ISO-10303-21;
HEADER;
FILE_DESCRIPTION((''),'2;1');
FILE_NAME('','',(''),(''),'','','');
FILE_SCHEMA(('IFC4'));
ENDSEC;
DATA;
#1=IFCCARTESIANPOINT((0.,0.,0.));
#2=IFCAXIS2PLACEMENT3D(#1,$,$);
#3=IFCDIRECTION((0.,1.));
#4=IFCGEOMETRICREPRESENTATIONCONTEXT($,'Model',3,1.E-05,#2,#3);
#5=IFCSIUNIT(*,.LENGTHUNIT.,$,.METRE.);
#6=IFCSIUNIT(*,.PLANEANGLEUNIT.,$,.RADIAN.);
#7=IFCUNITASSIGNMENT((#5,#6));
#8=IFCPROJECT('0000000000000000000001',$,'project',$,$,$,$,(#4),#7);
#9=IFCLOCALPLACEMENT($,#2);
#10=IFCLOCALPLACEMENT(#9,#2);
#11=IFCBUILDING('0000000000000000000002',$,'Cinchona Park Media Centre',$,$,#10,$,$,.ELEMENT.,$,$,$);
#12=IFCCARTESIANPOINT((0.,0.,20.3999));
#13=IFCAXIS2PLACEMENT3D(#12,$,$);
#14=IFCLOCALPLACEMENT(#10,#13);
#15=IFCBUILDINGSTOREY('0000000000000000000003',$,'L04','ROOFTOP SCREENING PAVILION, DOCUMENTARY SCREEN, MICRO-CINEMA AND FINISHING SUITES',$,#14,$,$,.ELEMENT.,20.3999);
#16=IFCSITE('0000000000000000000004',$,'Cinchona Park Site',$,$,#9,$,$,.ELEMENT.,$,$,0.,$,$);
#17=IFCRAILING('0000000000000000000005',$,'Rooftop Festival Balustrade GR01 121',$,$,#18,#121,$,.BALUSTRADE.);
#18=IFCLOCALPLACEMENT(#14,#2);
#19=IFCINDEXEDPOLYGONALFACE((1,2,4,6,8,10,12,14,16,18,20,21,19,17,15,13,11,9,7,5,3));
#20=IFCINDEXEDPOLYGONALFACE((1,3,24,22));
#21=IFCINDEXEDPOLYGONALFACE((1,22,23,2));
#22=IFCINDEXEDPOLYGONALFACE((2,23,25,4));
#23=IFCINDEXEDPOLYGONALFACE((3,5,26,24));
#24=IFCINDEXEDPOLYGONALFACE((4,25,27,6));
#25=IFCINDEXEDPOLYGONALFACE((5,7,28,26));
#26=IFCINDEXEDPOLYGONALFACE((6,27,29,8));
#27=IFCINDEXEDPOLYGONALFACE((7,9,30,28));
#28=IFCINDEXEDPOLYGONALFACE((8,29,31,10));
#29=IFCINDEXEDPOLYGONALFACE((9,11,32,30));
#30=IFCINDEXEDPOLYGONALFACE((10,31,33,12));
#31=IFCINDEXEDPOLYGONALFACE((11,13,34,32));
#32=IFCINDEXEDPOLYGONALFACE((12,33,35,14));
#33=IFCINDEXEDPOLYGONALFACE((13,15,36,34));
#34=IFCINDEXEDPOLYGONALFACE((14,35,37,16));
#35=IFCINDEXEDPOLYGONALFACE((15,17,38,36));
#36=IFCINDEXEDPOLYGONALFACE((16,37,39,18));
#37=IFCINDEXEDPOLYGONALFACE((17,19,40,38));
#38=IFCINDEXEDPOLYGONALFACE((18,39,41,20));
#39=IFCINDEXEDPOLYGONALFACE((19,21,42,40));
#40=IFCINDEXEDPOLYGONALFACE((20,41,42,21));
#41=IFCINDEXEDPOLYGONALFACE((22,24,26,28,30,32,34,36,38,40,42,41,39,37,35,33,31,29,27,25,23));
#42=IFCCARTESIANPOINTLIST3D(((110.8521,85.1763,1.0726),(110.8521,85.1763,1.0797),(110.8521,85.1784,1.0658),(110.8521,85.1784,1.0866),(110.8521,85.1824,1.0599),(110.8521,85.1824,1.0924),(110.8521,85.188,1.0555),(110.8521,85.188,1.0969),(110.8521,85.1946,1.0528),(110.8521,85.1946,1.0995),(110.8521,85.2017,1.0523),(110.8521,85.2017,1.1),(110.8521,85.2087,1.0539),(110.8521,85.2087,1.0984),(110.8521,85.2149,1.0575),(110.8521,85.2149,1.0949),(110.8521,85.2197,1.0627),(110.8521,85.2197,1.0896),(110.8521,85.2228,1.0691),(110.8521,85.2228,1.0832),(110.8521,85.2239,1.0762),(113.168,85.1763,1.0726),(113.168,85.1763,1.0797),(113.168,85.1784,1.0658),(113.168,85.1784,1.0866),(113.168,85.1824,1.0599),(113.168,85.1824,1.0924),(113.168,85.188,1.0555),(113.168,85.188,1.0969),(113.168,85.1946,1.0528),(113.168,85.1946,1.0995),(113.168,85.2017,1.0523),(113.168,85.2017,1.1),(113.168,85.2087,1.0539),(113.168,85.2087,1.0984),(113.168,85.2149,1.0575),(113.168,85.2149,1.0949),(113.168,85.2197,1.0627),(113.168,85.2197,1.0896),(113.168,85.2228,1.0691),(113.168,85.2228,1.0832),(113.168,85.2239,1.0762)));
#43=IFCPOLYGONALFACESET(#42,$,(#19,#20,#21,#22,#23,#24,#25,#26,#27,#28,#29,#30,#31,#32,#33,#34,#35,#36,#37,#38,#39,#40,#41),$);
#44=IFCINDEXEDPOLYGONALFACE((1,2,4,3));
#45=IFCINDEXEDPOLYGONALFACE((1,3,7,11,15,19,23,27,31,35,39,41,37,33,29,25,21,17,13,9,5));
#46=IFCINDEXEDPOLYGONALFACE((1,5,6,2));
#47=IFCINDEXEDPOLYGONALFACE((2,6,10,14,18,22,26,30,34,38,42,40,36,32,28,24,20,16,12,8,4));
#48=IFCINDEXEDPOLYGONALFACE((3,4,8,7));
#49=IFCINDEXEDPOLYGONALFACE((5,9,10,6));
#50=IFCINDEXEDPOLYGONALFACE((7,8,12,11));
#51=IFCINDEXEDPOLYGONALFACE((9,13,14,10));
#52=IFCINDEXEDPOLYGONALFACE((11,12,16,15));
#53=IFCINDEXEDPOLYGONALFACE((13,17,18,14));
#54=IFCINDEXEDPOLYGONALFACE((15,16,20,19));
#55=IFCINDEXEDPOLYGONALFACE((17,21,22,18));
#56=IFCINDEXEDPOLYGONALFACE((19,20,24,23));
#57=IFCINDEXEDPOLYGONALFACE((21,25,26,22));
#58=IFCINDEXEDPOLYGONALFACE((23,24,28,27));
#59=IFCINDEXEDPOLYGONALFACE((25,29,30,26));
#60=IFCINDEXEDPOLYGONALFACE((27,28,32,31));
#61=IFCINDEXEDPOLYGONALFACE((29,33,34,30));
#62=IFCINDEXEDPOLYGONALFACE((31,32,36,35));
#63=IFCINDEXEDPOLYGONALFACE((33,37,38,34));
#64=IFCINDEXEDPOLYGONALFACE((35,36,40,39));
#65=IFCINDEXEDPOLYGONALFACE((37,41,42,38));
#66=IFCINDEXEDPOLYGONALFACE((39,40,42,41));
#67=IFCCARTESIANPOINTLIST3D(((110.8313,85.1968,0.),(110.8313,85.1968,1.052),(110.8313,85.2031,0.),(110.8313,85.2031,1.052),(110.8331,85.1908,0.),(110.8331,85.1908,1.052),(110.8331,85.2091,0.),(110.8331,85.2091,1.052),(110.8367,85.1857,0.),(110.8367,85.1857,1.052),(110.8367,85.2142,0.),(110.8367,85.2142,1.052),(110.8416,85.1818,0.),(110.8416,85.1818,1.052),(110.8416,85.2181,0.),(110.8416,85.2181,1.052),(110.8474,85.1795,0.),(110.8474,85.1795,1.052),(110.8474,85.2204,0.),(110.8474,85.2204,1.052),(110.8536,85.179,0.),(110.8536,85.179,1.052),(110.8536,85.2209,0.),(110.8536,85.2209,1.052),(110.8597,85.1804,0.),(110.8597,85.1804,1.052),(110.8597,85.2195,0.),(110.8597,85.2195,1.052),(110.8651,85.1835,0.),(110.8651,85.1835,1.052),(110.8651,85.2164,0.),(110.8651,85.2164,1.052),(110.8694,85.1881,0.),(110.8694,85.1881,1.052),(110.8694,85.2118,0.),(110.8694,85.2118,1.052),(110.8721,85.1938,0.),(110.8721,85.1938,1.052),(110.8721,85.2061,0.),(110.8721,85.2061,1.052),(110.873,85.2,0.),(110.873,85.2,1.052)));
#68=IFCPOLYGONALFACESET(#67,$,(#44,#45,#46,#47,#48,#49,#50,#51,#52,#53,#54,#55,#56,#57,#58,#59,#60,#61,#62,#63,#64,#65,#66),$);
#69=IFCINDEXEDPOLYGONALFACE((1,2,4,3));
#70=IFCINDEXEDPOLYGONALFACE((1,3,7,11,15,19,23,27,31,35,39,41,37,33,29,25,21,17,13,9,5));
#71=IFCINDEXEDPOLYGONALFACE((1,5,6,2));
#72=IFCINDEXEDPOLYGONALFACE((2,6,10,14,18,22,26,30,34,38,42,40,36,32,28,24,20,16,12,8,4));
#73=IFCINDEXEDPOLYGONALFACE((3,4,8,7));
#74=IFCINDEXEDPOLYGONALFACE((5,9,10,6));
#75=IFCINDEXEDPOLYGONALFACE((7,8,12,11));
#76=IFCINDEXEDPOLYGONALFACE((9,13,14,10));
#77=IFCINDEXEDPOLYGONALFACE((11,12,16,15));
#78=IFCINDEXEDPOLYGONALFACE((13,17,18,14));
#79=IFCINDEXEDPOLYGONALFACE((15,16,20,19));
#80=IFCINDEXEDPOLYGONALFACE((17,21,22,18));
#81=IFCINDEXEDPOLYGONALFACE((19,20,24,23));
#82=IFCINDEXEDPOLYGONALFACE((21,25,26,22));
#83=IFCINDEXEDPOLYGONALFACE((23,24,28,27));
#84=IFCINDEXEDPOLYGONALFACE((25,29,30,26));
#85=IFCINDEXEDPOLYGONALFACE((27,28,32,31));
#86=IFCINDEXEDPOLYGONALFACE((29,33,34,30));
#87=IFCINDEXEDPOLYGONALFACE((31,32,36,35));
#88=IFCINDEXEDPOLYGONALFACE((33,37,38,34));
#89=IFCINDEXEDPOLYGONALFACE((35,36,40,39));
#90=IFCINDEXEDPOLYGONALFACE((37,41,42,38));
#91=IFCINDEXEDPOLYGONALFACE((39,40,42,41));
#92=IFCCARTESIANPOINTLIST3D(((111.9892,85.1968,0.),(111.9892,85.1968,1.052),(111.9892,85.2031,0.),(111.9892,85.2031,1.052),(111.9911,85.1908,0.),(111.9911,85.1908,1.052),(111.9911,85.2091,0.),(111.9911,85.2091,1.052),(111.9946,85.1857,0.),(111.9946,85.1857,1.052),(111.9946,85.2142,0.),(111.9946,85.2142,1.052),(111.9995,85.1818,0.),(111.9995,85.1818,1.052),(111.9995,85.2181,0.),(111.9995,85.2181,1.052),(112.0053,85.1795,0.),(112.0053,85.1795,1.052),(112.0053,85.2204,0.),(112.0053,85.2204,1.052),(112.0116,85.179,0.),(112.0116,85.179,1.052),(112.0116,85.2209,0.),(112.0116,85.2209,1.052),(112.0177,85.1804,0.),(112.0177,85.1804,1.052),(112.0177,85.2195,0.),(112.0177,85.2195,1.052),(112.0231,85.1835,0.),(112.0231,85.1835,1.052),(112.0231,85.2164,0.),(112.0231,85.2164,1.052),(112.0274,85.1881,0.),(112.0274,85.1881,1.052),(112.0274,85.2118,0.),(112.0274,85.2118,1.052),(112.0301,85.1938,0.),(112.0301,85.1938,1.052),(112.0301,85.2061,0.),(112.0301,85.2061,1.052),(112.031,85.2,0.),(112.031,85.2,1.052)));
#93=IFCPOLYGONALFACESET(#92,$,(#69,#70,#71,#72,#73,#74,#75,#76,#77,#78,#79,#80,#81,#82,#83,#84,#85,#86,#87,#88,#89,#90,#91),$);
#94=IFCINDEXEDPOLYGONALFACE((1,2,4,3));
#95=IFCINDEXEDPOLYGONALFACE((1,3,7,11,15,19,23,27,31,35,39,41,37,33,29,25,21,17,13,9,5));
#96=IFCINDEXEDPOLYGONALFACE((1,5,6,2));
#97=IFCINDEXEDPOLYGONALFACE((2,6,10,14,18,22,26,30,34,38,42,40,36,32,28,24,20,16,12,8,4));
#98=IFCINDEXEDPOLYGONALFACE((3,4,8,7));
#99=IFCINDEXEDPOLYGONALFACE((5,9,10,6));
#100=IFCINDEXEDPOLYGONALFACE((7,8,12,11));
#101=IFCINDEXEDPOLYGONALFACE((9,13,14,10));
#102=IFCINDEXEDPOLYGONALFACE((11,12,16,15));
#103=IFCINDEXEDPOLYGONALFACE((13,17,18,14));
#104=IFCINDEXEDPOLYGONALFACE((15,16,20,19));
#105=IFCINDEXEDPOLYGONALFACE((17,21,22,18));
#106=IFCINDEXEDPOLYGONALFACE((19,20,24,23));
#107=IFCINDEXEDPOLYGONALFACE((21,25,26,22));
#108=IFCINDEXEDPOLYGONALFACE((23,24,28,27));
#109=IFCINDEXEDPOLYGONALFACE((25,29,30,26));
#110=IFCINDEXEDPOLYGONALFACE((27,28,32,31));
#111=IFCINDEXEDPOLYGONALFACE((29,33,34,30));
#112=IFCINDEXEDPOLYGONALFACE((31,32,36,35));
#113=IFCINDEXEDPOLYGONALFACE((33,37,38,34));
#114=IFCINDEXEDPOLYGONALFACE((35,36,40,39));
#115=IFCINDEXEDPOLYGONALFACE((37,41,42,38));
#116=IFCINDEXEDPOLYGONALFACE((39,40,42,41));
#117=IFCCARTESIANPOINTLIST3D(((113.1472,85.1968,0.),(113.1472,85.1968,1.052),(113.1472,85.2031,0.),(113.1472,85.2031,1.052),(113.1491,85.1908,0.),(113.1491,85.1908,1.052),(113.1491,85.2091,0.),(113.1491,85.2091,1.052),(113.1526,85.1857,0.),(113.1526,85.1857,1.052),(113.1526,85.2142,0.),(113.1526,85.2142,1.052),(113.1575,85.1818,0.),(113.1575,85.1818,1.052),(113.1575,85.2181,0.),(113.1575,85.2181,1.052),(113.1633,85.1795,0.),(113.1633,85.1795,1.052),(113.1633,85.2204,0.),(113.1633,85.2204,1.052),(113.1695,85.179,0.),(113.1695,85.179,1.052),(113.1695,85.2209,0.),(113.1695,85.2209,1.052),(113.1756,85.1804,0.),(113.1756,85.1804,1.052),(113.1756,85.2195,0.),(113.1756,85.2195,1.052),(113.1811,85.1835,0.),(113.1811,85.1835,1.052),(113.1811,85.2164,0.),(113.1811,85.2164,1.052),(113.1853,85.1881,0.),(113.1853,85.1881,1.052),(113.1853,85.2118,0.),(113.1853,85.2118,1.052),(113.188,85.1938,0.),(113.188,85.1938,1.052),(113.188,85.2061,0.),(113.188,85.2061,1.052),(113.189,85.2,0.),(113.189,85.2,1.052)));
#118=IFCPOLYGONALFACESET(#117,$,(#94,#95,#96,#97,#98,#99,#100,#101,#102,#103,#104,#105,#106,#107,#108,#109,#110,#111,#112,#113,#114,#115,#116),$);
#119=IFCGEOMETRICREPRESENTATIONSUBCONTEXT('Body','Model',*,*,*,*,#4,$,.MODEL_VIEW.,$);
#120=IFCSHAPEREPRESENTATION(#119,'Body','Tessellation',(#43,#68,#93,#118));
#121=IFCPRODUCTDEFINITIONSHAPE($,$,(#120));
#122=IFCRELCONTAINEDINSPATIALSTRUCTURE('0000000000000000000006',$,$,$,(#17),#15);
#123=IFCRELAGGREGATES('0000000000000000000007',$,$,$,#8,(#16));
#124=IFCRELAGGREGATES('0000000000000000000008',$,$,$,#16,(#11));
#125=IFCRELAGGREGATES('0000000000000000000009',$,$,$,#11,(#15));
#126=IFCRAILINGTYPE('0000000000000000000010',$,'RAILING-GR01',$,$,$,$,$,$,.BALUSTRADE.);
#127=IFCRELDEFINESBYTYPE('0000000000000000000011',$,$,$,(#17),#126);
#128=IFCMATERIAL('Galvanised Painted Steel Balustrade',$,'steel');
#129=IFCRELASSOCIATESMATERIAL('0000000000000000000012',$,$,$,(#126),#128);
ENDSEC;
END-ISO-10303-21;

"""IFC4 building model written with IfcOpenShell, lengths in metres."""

from ifc_helpers import new_model, si_unit, direction, frame, origin, origin_2d, place, context, subcontext, project, spatial, circle, extrude, material, type_object, element, save


model = new_model("IFC4")

# Units and contexts
model_context = context("Model", 3, precision=1e-05, world=origin(), true_north=direction((0.0, 1.0)))
body_context = subcontext(model_context, "Body", "Model", "MODEL_VIEW")
ifc_project = project(units=[si_unit("LENGTHUNIT", "METRE"), si_unit("PLANEANGLEUNIT", "RADIAN")], contexts=[model_context])

# Site, building, storey
site_placement = place(None, origin())
site = spatial("IfcSite", under=ifc_project, at=site_placement, Name="Cinchona Park Site", CompositionType="ELEMENT", RefElevation=0.0)
building_placement = place(site_placement, origin())
building = spatial("IfcBuilding", under=site, at=building_placement, Name="Cinchona Park Media Centre", CompositionType="ELEMENT")
storey_placement = place(building_placement, frame((0.0, 0.0, 20.3999)))
storey = spatial("IfcBuildingStorey", under=building, at=storey_placement, Name="L04", Description="ROOFTOP SCREENING PAVILION, DOCUMENTARY SCREEN, MICRO-CINEMA AND FINISHING SUITES", CompositionType="ELEMENT", Elevation=20.3999)

# Railing
ifc_material_1 = material(Name="Galvanised Painted Steel Balustrade", Category="steel")
railing_type = type_object("IfcRailingType", Name="RAILING-GR01", PredefinedType="BALUSTRADE", material=ifc_material_1)
railing_1_placement = place(storey_placement, frame((110.8521, 85.2, 0.0)))
element("IfcRailing", 1, at=railing_1_placement, inside=storey, type_object=railing_type, Name="Rooftop Festival Balustrade GR01 121", PredefinedType="BALUSTRADE", context=body_context, shape_type="SweptSolid", body=[
    extrude(circle(Radius=0.0239, at=origin_2d()), frame((0.0, 0.0, 1.0762), z_axis=(1.0, 0.0, 0.0), x_axis=(0.0, 1.0, 0.0)), (0.0, 0.0, 1.0), 2.3159),
    extrude(circle(Radius=0.021, at=origin_2d()), origin(), (0.0, 0.0, 1.0), 1.052),
    extrude(circle(Radius=0.021, at=origin_2d()), frame((1.158, 0.0, 0.0)), (0.0, 0.0, 1.0), 1.052),
    extrude(circle(Radius=0.021, at=origin_2d()), frame((2.3159, 0.0, 0.0)), (0.0, 0.0, 1.0), 1.052),
])

save(model, "model.ifc")
